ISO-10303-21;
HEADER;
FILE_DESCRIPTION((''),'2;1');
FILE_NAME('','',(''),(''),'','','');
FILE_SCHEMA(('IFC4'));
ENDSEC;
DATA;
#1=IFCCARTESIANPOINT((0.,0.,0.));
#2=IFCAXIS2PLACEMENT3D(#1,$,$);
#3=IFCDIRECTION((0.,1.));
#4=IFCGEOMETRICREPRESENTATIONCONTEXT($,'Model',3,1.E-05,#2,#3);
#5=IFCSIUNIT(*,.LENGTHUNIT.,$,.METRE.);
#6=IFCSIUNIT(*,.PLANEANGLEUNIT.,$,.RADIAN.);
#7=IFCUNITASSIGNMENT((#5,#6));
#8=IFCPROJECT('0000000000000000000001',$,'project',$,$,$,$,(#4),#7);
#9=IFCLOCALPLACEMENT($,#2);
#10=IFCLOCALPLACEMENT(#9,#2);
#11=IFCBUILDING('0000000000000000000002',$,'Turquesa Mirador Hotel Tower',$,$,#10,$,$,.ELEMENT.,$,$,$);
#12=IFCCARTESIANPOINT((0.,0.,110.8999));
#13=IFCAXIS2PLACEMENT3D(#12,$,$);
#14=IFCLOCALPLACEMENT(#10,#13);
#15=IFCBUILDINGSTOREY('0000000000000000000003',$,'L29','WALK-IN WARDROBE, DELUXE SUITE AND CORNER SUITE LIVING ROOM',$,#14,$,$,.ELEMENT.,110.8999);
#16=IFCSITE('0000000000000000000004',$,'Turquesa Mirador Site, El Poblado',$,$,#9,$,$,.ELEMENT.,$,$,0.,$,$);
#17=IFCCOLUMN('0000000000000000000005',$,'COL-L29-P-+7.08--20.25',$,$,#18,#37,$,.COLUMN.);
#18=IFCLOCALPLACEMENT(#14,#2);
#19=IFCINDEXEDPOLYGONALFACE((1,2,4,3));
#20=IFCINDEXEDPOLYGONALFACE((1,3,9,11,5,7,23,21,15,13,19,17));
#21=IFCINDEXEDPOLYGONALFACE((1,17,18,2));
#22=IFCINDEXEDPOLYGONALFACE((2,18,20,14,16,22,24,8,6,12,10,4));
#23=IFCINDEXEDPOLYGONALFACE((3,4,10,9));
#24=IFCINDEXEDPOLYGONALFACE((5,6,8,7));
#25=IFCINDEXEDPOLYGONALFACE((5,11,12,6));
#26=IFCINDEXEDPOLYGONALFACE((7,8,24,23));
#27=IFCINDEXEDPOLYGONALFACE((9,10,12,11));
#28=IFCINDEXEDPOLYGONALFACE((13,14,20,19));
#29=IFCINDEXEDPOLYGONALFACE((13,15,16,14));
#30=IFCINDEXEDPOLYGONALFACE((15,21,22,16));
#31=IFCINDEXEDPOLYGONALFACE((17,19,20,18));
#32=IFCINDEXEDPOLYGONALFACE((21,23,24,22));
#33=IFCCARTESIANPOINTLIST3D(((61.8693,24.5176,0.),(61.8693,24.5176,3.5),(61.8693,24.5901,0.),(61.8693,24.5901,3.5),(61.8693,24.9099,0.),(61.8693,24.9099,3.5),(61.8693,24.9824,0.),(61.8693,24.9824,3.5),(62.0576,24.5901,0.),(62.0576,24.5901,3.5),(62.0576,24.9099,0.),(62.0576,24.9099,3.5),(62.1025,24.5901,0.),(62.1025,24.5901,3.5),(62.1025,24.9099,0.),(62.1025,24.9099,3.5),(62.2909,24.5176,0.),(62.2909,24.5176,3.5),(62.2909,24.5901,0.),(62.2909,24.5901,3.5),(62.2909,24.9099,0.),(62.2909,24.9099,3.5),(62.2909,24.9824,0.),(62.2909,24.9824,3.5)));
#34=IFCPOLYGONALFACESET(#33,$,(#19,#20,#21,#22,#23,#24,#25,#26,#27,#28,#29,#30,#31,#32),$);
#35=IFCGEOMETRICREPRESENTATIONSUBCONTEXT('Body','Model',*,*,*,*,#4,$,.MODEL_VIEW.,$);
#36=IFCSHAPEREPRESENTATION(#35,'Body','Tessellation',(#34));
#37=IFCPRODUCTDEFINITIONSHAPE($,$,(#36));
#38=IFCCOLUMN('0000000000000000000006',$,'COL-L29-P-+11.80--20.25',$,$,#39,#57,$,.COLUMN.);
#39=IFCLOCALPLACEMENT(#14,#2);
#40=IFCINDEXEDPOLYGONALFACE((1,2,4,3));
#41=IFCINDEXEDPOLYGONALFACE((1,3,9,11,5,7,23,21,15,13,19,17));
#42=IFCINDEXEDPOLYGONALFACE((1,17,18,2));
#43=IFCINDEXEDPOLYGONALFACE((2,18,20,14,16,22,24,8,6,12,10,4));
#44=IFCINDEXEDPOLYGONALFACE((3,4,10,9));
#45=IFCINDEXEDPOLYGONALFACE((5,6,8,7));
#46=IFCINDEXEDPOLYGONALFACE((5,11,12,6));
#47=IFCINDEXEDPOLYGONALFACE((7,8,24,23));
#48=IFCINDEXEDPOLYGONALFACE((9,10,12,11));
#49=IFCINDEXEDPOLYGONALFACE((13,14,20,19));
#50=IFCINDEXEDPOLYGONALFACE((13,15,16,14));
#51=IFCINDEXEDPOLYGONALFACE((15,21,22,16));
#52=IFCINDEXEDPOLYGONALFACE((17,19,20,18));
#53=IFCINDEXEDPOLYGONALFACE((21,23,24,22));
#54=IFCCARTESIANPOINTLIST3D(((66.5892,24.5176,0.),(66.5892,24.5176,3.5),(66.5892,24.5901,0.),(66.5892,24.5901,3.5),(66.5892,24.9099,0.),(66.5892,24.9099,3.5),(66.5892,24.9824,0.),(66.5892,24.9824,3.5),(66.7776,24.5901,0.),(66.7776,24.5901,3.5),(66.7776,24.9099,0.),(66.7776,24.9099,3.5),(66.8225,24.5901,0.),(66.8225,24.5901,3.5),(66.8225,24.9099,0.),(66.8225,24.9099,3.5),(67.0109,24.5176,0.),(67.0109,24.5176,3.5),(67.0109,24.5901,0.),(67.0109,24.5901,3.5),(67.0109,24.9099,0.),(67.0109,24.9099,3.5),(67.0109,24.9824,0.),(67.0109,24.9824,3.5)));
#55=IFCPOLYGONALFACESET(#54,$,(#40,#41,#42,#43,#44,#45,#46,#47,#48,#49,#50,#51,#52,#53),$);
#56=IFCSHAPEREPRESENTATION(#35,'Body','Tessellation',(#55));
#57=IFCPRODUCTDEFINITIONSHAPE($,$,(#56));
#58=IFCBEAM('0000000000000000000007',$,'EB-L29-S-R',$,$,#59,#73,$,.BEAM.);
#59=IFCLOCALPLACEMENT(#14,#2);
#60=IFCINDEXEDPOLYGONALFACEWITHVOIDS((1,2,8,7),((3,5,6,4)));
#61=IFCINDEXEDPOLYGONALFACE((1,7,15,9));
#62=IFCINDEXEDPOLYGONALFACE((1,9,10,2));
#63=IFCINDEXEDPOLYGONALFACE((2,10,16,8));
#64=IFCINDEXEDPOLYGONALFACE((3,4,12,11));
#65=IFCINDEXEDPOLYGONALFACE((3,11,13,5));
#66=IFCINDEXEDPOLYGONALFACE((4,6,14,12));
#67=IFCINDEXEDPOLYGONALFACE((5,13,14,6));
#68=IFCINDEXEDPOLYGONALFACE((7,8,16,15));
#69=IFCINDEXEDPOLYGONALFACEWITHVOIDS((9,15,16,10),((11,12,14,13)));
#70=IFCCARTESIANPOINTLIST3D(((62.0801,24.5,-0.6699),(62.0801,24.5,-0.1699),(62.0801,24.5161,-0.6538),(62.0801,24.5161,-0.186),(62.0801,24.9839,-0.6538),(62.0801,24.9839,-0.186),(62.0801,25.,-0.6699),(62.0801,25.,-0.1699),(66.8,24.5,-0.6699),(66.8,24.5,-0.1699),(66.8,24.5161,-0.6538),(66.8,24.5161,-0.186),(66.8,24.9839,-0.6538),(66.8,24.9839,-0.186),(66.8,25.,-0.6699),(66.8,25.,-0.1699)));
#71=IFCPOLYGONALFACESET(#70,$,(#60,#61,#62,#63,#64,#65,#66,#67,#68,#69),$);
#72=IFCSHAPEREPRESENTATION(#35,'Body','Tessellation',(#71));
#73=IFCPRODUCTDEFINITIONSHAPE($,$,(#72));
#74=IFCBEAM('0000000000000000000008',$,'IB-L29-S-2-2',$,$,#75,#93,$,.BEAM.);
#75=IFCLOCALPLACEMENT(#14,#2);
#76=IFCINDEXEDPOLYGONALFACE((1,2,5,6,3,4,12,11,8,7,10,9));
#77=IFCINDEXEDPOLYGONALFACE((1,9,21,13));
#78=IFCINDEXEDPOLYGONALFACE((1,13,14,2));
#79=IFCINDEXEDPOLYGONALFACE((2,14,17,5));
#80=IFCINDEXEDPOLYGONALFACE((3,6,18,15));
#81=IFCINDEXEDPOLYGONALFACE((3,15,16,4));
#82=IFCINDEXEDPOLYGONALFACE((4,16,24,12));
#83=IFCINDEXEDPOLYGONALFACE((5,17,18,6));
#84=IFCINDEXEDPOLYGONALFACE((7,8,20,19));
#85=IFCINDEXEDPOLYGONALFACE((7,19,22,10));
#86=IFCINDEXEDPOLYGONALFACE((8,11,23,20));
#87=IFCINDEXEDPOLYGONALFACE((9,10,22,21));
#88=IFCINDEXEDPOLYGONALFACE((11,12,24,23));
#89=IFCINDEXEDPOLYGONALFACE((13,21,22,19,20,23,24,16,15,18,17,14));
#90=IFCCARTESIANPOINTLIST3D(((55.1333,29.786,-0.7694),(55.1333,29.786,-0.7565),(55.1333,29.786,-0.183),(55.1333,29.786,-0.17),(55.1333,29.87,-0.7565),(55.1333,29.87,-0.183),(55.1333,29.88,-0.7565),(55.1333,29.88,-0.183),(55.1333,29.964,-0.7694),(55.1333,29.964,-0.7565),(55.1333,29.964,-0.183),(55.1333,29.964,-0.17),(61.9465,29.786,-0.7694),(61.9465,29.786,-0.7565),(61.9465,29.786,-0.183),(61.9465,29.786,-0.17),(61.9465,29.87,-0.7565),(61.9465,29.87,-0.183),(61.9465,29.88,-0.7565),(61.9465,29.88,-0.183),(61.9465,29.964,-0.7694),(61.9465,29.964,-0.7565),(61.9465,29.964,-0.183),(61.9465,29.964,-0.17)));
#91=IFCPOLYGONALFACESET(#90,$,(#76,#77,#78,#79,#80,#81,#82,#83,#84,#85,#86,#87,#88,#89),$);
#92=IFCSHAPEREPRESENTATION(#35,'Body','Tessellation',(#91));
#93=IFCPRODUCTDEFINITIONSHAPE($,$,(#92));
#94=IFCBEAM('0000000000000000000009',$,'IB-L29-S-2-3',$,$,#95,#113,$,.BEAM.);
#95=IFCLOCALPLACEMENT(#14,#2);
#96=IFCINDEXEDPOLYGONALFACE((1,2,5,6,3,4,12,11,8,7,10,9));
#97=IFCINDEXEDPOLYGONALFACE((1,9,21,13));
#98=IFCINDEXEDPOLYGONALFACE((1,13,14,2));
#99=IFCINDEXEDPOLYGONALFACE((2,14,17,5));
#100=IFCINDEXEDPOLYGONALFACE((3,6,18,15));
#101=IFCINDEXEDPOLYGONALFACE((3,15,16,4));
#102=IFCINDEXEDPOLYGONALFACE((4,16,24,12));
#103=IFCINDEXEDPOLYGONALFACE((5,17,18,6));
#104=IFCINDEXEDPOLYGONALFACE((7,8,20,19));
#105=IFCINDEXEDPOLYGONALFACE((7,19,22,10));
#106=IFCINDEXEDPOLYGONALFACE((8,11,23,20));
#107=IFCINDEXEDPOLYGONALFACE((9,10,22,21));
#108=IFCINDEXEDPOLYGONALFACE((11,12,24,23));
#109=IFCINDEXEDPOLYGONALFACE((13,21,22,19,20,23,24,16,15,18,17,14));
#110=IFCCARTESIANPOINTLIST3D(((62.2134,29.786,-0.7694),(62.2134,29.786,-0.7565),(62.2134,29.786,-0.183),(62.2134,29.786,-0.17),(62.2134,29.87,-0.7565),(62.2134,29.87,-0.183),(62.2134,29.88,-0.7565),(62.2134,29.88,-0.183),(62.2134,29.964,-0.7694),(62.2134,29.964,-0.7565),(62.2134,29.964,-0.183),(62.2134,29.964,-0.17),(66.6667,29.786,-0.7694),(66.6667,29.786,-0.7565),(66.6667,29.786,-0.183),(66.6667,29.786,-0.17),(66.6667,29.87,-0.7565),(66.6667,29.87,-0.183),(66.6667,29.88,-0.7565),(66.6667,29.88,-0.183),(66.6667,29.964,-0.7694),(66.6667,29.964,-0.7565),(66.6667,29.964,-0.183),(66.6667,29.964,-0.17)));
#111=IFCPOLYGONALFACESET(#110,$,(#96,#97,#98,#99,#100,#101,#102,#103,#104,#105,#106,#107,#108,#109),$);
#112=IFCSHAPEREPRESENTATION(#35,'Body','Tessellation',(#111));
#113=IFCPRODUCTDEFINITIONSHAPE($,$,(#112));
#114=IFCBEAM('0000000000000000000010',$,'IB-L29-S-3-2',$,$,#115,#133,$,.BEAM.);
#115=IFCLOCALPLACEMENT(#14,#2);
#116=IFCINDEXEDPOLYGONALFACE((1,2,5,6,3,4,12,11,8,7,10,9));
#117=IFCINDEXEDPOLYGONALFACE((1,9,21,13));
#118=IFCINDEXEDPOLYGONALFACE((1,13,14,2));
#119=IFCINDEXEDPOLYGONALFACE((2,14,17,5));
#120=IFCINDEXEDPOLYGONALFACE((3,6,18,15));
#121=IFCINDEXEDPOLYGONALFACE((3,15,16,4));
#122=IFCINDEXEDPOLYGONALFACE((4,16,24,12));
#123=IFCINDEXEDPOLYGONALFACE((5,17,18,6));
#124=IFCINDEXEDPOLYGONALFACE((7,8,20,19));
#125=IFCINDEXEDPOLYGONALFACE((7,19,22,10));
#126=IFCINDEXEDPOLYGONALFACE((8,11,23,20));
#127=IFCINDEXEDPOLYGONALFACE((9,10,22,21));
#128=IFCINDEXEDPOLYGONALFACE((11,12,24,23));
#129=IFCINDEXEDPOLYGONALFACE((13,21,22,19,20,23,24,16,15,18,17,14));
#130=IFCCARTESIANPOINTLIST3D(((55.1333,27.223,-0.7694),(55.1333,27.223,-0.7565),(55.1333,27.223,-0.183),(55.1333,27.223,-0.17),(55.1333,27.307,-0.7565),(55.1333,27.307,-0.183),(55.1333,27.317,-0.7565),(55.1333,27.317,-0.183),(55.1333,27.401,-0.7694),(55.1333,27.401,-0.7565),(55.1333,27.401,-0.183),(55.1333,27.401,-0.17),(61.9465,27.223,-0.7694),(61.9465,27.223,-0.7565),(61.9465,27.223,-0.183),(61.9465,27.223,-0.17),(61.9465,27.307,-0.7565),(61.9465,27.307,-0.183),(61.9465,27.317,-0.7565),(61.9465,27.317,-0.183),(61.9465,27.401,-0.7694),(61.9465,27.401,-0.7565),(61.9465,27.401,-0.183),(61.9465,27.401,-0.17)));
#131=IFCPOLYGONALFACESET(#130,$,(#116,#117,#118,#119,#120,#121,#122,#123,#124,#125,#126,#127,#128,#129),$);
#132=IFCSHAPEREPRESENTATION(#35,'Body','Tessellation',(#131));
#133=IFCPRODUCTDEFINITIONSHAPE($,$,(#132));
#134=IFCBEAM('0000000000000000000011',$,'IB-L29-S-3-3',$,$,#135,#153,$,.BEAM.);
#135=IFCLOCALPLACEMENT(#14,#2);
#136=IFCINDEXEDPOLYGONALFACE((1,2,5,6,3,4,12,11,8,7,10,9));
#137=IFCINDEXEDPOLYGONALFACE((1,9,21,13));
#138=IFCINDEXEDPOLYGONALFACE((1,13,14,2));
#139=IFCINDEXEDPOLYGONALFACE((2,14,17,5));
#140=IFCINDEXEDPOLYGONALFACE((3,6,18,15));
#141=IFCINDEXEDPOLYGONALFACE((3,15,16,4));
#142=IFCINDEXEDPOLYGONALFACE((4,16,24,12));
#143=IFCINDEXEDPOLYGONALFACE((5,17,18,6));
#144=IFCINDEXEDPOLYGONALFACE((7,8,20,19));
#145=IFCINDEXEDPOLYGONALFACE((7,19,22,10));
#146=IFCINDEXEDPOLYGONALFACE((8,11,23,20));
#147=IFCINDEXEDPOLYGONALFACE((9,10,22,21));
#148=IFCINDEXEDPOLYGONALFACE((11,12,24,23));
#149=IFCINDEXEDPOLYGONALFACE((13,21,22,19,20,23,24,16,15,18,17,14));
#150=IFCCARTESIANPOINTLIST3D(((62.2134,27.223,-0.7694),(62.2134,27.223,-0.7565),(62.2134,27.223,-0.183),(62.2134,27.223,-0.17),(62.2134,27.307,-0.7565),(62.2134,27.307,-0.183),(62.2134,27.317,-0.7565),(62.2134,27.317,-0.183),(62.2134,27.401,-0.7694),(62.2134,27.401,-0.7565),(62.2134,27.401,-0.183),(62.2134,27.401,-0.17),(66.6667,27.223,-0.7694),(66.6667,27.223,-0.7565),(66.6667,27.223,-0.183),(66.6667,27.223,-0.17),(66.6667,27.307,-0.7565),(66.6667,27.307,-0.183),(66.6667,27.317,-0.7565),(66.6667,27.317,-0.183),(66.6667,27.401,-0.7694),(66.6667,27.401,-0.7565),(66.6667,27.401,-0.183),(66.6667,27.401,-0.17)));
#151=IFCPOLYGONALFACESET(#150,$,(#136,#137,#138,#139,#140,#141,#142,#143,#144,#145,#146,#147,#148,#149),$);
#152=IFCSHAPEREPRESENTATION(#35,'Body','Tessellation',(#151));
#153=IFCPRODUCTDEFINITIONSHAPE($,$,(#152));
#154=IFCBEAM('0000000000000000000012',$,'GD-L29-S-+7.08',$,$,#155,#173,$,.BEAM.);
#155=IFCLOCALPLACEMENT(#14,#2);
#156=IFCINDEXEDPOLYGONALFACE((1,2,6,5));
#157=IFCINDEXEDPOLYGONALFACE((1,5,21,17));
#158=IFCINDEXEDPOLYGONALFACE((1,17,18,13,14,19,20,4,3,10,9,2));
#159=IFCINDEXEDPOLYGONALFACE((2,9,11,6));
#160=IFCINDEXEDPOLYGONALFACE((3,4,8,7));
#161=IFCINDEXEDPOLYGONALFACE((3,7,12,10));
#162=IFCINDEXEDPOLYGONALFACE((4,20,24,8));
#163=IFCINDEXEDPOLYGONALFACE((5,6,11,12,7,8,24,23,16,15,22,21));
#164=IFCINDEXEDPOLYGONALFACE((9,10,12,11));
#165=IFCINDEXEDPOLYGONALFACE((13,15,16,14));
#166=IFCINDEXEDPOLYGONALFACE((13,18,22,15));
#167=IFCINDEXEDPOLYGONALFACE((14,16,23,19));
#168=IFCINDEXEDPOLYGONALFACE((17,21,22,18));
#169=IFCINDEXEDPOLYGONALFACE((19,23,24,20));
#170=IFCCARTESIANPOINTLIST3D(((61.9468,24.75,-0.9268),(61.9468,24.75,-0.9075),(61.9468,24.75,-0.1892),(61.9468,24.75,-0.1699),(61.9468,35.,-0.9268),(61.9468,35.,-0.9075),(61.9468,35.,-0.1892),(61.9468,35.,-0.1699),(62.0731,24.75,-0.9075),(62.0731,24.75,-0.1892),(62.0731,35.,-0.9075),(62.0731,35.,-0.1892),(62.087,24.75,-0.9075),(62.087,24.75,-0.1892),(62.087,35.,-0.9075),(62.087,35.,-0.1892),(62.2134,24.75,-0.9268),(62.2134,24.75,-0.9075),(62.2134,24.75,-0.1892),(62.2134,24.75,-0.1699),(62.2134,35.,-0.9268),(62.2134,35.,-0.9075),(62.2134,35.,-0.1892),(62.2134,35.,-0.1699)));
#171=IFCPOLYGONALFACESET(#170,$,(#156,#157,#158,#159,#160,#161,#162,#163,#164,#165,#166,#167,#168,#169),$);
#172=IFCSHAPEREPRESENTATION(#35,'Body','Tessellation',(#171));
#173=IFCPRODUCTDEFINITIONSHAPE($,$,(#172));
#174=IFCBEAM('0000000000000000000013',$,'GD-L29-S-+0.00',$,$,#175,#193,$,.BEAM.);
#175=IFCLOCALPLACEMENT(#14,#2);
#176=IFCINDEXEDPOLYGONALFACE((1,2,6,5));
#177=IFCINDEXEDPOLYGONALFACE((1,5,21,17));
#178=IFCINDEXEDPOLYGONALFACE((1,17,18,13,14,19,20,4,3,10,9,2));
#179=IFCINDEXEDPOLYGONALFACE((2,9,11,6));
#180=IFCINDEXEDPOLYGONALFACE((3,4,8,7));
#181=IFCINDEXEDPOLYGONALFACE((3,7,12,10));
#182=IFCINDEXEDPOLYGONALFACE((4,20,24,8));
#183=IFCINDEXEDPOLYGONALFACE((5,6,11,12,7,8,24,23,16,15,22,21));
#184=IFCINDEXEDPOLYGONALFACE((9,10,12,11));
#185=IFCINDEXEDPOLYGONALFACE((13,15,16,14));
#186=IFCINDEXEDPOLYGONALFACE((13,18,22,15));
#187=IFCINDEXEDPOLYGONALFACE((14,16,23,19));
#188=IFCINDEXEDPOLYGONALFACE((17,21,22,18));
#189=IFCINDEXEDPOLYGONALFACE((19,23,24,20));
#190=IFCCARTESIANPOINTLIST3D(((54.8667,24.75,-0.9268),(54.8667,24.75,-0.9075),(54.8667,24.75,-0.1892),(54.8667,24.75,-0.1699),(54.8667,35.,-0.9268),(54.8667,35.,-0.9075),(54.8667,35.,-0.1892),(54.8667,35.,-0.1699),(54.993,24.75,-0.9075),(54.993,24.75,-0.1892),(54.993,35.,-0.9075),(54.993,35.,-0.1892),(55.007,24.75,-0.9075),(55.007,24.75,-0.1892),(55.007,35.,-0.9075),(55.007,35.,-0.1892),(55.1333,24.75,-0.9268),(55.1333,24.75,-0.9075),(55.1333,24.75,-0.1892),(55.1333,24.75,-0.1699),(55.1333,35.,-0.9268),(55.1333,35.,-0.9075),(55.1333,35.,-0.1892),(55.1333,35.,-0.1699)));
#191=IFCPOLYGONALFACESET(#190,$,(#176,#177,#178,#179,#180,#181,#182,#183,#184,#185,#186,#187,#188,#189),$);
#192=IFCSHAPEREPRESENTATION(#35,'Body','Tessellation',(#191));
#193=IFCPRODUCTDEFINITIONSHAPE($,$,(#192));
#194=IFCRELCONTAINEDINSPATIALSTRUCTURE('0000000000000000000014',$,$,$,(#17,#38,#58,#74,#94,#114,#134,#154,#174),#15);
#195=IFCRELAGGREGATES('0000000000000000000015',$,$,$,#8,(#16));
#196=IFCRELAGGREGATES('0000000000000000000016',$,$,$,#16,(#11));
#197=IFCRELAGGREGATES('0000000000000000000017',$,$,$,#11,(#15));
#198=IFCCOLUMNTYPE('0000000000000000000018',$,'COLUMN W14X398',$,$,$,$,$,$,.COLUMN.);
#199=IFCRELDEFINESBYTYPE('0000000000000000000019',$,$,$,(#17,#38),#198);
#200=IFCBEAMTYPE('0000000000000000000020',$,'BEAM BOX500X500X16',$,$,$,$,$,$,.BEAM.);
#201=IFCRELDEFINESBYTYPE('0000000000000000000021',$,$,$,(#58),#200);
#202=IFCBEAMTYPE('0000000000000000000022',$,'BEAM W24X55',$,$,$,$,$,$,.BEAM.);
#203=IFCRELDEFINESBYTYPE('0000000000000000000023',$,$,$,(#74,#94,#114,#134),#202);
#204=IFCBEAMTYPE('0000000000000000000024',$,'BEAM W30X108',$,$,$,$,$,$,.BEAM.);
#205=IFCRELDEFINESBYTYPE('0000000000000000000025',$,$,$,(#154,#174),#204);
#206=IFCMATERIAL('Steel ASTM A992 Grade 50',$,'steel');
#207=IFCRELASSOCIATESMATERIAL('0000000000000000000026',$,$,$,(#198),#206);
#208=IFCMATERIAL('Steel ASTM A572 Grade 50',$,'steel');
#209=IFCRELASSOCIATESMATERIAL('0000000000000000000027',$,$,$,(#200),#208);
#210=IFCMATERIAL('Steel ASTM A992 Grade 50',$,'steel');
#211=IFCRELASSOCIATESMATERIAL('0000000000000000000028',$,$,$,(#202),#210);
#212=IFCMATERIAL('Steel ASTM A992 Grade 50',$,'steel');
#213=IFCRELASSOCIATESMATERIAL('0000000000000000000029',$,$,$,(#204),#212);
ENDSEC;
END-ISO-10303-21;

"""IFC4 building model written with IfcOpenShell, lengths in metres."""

from ifc_helpers import new_model, si_unit, direction, frame, origin, origin_2d, place, context, subcontext, project, spatial, hollow_rectangle, i_section, extrude, material, material_profile, profile_set, type_object, element, save


model = new_model("IFC4")

# Units and contexts
model_context = context("Model", 3, precision=1e-05, world=origin(), true_north=direction((0.0, 1.0)))
body_context = subcontext(model_context, "Body", "Model", "MODEL_VIEW")
ifc_project = project(units=[si_unit("LENGTHUNIT", "METRE"), si_unit("PLANEANGLEUNIT", "RADIAN")], contexts=[model_context])

# Site, building, storey
site_placement = place(None, origin())
site = spatial("IfcSite", under=ifc_project, at=site_placement, Name="Turquesa Mirador Site, El Poblado", CompositionType="ELEMENT", RefElevation=0.0)
building_placement = place(site_placement, origin())
building = spatial("IfcBuilding", under=site, at=building_placement, Name="Turquesa Mirador Hotel Tower", CompositionType="ELEMENT")
storey_placement = place(building_placement, frame((0.0, 0.0, 110.8999)))
storey = spatial("IfcBuildingStorey", under=building, at=storey_placement, Name="L29", Description="WALK-IN WARDROBE, DELUXE SUITE AND CORNER SUITE LIVING ROOM", CompositionType="ELEMENT", Elevation=110.8999)

# Columns
ifc_material_1 = material(Name="Steel ASTM A992 Grade 50", Category="steel")
ifc_material_profile_1 = material_profile(ifc_material_1, i_section(OverallWidth=0.4216, OverallDepth=0.4648, WebThickness=0.0449, FlangeThickness=0.0725, at=origin_2d()), Name="W14X398")
ifc_profile_set_1 = profile_set([ifc_material_profile_1], Name="Steel ASTM A992 Grade 50")
column_type = type_object("IfcColumnType", Name="COLUMN W14X398", PredefinedType="COLUMN", material=ifc_profile_set_1)
for number, where, z_axis, x_axis, name in (
    (1, (62.0801, 24.75, 0.0), (0.0, 0.0, 1.0), (1.0, 0.0, 0.0), "COL-L29-P-+7.08--20.25"),
    (2, (66.8, 24.75, 0.0), (0.0, 0.0, 1.0), (1.0, 0.0, 0.0), "COL-L29-P-+11.80--20.25"),
):
    element("IfcColumn", number, at=place(storey_placement, frame(where, z_axis=z_axis, x_axis=x_axis)), inside=storey, type_object=column_type, Name=name, PredefinedType="COLUMN", context=body_context, shape_type="SweptSolid", body=[
        extrude(i_section(OverallWidth=0.4216, OverallDepth=0.4648, WebThickness=0.0449, FlangeThickness=0.0725, at=origin_2d()), origin(), (0.0, 0.0, 1.0), 3.5),
    ])

# Beams
ifc_material_2 = material(Name="Steel ASTM A572 Grade 50", Category="steel")
ifc_material_profile_2 = material_profile(ifc_material_2, hollow_rectangle(XDim=0.5, YDim=0.5, WallThickness=0.0161, at=origin_2d()), Name="BOX500X500X16")
ifc_profile_set_2 = profile_set([ifc_material_profile_2], Name="Steel ASTM A572 Grade 50")
beam_type_1 = type_object("IfcBeamType", Name="BEAM BOX500X500X16", PredefinedType="BEAM", material=ifc_profile_set_2)
beam_1_placement = place(storey_placement, frame((62.0801, 24.75, -0.4199), z_axis=(1.0, 0.0, 0.0), x_axis=(0.0, 1.0, 0.0)))
element("IfcBeam", 3, at=beam_1_placement, inside=storey, type_object=beam_type_1, Name="EB-L29-S-R", PredefinedType="BEAM", context=body_context, shape_type="SweptSolid", body=[
    extrude(hollow_rectangle(XDim=0.5, YDim=0.5, WallThickness=0.0161, at=origin_2d()), origin(), (0.0, 0.0, 1.0), 4.72),
])
ifc_material_3 = material(Name="Steel ASTM A992 Grade 50", Category="steel")
ifc_material_profile_3 = material_profile(ifc_material_3, i_section(OverallWidth=0.178, OverallDepth=0.5994, WebThickness=0.01, FlangeThickness=0.0129, at=origin_2d()), Name="W24X55")
ifc_profile_set_3 = profile_set([ifc_material_profile_3], Name="Steel ASTM A992 Grade 50")
beam_type_2 = type_object("IfcBeamType", Name="BEAM W24X55", PredefinedType="BEAM", material=ifc_profile_set_3)
beam_2_placement = place(storey_placement, frame((55.1333, 29.875, -0.4697), z_axis=(1.0, 0.0, 0.0), x_axis=(0.0, 1.0, 0.0)))
element("IfcBeam", 4, at=beam_2_placement, inside=storey, type_object=beam_type_2, Name="IB-L29-S-2-2", PredefinedType="BEAM", context=body_context, shape_type="SweptSolid", body=[
    extrude(i_section(OverallWidth=0.178, OverallDepth=0.5994, WebThickness=0.01, FlangeThickness=0.0129, at=origin_2d()), origin(), (0.0, 0.0, 1.0), 6.8132),
])
beam_3_placement = place(storey_placement, frame((62.2134, 29.875, -0.4697), z_axis=(1.0, 0.0, 0.0), x_axis=(0.0, 1.0, 0.0)))
element("IfcBeam", 5, at=beam_3_placement, inside=storey, type_object=beam_type_2, Name="IB-L29-S-2-3", PredefinedType="BEAM", context=body_context, shape_type="SweptSolid", body=[
    extrude(i_section(OverallWidth=0.178, OverallDepth=0.5994, WebThickness=0.01, FlangeThickness=0.0129, at=origin_2d()), origin(), (0.0, 0.0, 1.0), 4.4534),
])
beam_4_placement = place(storey_placement, frame((55.1333, 27.312, -0.4697), z_axis=(1.0, 0.0, 0.0), x_axis=(0.0, 1.0, 0.0)))
element("IfcBeam", 6, at=beam_4_placement, inside=storey, type_object=beam_type_2, Name="IB-L29-S-3-2", PredefinedType="BEAM", context=body_context, shape_type="SweptSolid", body=[
    extrude(i_section(OverallWidth=0.178, OverallDepth=0.5994, WebThickness=0.01, FlangeThickness=0.0129, at=origin_2d()), origin(), (0.0, 0.0, 1.0), 6.8132),
])
beam_5_placement = place(storey_placement, frame((62.2134, 27.312, -0.4697), z_axis=(1.0, 0.0, 0.0), x_axis=(0.0, 1.0, 0.0)))
element("IfcBeam", 7, at=beam_5_placement, inside=storey, type_object=beam_type_2, Name="IB-L29-S-3-3", PredefinedType="BEAM", context=body_context, shape_type="SweptSolid", body=[
    extrude(i_section(OverallWidth=0.178, OverallDepth=0.5994, WebThickness=0.01, FlangeThickness=0.0129, at=origin_2d()), origin(), (0.0, 0.0, 1.0), 4.4534),
])
ifc_material_4 = material(Name="Steel ASTM A992 Grade 50", Category="steel")
ifc_material_profile_4 = material_profile(ifc_material_4, i_section(OverallWidth=0.2666, OverallDepth=0.7568, WebThickness=0.0139, FlangeThickness=0.0193, at=origin_2d()), Name="W30X108")
ifc_profile_set_4 = profile_set([ifc_material_profile_4], Name="Steel ASTM A992 Grade 50")
beam_type_3 = type_object("IfcBeamType", Name="BEAM W30X108", PredefinedType="BEAM", material=ifc_profile_set_4)
for number, where, z_axis, x_axis, name in (
    (8, (62.0801, 24.75, -0.5483), (0.0, 1.0, 0.0), (-1.0, 0.0, 0.0), "GD-L29-S-+7.08"),
    (9, (55.0, 24.75, -0.5483), (0.0, 1.0, 0.0), (-1.0, 0.0, 0.0), "GD-L29-S-+0.00"),
):
    element("IfcBeam", number, at=place(storey_placement, frame(where, z_axis=z_axis, x_axis=x_axis)), inside=storey, type_object=beam_type_3, Name=name, PredefinedType="BEAM", context=body_context, shape_type="SweptSolid", body=[
        extrude(i_section(OverallWidth=0.2666, OverallDepth=0.7568, WebThickness=0.0139, FlangeThickness=0.0193, at=origin_2d()), origin(), (0.0, 0.0, 1.0), 10.25),
    ])

save(model, "model.ifc")
